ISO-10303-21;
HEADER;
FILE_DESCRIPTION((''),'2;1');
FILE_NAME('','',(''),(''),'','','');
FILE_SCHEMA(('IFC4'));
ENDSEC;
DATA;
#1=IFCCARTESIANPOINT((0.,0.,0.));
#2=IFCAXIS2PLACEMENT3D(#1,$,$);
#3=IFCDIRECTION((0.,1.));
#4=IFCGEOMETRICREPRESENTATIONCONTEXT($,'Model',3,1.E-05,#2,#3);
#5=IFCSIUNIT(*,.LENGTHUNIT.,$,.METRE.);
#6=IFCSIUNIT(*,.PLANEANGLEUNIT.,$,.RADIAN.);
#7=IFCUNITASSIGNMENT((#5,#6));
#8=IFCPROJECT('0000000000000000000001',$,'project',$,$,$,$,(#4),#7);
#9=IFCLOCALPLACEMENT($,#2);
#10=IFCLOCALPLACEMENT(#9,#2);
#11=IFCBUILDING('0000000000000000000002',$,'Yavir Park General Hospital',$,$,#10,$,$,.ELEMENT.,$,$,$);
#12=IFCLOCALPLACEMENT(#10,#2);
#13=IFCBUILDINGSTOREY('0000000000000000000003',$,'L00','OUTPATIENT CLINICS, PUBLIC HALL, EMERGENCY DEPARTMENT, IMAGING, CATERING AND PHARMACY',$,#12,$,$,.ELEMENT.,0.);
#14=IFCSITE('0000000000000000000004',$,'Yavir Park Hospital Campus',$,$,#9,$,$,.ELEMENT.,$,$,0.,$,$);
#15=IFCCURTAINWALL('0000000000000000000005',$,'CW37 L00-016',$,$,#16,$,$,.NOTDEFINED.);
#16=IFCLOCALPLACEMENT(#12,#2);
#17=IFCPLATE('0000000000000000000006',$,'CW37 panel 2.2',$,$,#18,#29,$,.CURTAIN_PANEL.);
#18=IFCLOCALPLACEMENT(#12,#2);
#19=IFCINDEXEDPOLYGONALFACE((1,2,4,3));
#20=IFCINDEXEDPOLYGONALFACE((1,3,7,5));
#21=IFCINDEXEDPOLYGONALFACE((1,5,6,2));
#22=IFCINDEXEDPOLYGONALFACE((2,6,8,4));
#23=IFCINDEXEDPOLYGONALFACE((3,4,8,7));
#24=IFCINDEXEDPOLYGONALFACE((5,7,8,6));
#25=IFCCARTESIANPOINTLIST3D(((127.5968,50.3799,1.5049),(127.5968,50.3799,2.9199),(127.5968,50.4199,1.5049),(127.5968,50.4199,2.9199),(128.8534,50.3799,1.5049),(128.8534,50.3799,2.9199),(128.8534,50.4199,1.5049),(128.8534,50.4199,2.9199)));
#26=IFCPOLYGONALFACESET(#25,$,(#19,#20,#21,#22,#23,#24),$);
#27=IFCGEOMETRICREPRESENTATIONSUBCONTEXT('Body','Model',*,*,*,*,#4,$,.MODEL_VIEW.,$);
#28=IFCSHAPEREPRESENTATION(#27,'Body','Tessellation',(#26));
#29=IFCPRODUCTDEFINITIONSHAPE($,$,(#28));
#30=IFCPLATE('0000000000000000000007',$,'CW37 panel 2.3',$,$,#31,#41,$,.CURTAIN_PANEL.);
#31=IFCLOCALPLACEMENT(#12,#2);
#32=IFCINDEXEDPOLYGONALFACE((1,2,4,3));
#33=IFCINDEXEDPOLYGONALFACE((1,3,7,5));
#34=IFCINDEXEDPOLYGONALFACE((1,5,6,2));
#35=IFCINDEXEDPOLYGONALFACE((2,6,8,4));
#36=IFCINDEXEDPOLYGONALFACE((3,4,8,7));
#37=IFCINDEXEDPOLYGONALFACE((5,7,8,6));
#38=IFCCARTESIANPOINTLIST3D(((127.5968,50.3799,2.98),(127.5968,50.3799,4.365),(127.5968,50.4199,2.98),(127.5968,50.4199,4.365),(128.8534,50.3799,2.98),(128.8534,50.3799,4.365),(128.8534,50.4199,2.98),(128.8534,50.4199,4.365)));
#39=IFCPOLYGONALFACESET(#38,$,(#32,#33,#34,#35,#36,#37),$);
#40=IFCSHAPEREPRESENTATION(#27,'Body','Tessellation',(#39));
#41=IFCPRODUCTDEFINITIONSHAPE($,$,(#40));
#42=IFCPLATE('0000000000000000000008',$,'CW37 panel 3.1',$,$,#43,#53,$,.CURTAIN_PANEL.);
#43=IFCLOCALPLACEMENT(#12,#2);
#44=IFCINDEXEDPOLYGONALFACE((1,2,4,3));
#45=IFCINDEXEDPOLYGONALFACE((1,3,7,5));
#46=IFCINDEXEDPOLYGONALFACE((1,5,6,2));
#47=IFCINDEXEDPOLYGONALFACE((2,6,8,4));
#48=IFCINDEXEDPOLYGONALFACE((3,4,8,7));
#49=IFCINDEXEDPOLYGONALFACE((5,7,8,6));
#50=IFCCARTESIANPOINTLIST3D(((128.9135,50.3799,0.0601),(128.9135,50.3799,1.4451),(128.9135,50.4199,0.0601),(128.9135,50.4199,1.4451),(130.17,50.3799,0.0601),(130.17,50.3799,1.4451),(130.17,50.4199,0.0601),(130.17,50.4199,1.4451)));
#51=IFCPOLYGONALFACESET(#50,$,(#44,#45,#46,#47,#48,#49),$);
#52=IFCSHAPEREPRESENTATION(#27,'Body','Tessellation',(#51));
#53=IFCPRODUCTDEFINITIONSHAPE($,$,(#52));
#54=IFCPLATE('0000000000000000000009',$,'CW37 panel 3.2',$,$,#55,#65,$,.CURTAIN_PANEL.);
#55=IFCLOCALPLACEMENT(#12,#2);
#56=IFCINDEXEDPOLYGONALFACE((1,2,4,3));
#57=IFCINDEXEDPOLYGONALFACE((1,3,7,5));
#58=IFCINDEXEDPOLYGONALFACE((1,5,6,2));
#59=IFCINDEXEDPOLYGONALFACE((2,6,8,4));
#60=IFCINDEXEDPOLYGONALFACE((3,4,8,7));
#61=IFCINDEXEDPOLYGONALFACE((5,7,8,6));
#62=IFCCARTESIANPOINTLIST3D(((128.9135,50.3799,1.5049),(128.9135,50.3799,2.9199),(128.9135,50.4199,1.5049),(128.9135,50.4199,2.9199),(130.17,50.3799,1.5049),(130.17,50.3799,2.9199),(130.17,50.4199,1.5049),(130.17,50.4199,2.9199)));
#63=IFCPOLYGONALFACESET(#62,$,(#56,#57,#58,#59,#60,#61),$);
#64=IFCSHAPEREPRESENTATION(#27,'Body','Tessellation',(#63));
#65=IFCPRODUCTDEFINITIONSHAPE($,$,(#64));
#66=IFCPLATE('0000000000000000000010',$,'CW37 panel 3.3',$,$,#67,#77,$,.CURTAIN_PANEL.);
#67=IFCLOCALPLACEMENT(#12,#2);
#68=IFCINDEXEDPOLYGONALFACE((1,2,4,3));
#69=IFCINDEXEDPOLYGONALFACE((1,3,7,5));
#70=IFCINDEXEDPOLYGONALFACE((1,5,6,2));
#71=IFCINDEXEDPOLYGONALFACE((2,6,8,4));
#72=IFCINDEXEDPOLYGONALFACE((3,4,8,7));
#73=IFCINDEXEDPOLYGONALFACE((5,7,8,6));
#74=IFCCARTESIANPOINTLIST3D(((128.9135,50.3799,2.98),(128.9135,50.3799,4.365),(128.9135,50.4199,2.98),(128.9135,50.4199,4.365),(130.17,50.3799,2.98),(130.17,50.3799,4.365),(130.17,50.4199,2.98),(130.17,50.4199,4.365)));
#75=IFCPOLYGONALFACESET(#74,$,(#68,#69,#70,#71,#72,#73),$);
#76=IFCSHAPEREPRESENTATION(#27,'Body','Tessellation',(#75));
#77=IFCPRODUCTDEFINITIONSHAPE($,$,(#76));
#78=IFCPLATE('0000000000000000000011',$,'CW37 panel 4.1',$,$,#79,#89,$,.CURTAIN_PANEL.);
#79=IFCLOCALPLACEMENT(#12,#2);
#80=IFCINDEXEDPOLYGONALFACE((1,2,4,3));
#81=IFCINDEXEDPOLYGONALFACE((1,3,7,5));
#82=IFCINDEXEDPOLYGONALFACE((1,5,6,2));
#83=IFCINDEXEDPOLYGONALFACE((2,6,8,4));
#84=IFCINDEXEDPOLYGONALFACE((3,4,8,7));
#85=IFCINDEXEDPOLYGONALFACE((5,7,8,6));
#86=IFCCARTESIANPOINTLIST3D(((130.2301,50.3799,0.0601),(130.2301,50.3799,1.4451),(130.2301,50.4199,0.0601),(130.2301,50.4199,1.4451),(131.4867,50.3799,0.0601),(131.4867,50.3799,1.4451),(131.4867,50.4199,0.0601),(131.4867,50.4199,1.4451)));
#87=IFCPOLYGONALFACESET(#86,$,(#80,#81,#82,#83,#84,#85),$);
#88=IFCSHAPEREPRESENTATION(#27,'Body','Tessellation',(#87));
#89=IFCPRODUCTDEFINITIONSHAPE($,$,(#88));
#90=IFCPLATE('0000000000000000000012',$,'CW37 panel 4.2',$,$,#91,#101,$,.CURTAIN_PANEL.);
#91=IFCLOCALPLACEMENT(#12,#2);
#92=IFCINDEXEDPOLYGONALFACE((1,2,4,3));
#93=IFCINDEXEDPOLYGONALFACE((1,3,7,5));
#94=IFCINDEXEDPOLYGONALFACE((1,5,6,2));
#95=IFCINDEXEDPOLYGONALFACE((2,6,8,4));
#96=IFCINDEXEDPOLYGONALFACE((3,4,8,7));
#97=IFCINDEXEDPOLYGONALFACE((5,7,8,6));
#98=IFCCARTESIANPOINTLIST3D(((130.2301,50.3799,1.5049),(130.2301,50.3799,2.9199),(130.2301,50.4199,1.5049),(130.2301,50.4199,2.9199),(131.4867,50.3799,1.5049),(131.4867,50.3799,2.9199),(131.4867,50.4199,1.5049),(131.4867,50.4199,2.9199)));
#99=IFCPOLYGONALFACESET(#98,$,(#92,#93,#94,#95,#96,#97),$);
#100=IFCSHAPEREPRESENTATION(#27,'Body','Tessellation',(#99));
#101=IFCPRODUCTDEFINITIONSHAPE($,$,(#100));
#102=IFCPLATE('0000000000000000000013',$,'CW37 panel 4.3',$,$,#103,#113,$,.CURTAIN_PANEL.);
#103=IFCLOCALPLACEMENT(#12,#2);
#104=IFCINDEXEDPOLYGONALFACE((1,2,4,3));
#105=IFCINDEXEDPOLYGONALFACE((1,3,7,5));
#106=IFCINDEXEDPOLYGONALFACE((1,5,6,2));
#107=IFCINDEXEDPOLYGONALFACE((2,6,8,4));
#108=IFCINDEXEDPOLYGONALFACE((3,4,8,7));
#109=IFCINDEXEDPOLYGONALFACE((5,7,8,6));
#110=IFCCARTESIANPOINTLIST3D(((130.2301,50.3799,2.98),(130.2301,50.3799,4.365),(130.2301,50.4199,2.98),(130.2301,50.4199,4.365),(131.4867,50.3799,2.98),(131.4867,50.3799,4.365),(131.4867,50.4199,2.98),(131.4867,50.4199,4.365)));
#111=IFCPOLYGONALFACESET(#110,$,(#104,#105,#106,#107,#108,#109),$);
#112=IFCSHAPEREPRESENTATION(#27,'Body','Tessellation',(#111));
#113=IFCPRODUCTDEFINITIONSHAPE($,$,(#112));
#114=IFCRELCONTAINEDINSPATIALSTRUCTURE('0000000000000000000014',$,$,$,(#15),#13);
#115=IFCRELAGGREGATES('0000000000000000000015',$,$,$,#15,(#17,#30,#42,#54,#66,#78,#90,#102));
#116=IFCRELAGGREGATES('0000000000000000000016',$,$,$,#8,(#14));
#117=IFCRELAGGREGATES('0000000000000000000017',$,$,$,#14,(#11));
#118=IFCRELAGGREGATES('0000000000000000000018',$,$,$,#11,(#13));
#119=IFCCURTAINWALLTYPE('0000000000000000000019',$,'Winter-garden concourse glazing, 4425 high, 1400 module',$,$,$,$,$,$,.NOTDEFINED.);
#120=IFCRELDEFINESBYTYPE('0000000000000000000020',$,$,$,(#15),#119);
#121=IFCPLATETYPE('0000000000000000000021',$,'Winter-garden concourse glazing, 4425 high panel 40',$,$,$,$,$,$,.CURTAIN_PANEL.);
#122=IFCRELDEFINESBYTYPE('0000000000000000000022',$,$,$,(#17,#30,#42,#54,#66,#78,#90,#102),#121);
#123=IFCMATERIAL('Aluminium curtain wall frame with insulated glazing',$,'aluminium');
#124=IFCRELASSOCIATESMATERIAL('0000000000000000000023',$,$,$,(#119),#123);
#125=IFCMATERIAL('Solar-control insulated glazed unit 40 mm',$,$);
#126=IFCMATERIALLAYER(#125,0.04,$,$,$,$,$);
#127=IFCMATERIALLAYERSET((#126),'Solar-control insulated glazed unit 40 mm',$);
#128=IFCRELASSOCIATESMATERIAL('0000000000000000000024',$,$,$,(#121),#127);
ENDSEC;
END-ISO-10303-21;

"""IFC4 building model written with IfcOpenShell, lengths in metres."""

from ifc_helpers import new_model, si_unit, direction, frame, origin, origin_2d, place, context, subcontext, project, spatial, rectangle, extrude, material, layer, layer_set, type_object, element, aggregate, save


model = new_model("IFC4")

# Units and contexts
model_context = context("Model", 3, precision=1e-05, world=origin(), true_north=direction((0.0, 1.0)))
body_context = subcontext(model_context, "Body", "Model", "MODEL_VIEW")
ifc_project = project(units=[si_unit("LENGTHUNIT", "METRE"), si_unit("PLANEANGLEUNIT", "RADIAN")], contexts=[model_context])

# Site, building, storey
site_placement = place(None, origin())
site = spatial("IfcSite", under=ifc_project, at=site_placement, Name="Yavir Park Hospital Campus", CompositionType="ELEMENT", RefElevation=0.0)
building_placement = place(site_placement, origin())
building = spatial("IfcBuilding", under=site, at=building_placement, Name="Yavir Park General Hospital", CompositionType="ELEMENT")
storey_placement = place(building_placement, origin())
storey = spatial("IfcBuildingStorey", under=building, at=storey_placement, Name="L00", Description="OUTPATIENT CLINICS, PUBLIC HALL, EMERGENCY DEPARTMENT, IMAGING, CATERING AND PHARMACY", CompositionType="ELEMENT", Elevation=0.0)

# Curtain wall, plates
ifc_material_1 = material(Name="Aluminium curtain wall frame with insulated glazing", Category="aluminium")
curtain_wall_type = type_object("IfcCurtainWallType", Name="Winter-garden concourse glazing, 4425 high, 1400 module", PredefinedType="NOTDEFINED", material=ifc_material_1)
curtain_wall_placement = place(storey_placement, origin())
curtain_wall = element("IfcCurtainWall", 1, at=curtain_wall_placement, inside=storey, type_object=curtain_wall_type, Name="CW37 L00-016", PredefinedType="NOTDEFINED")
ifc_material_2 = material(Name="Solar-control insulated glazed unit 40 mm")
ifc_layer = layer(ifc_material_2, 0.04)
ifc_layer_set = layer_set([ifc_layer], Name="Solar-control insulated glazed unit 40 mm")
plate_type = type_object("IfcPlateType", Name="Winter-garden concourse glazing, 4425 high panel 40", PredefinedType="CURTAIN_PANEL", material=ifc_layer_set)
plate_1_placement = place(storey_placement, frame((128.2251, 50.3999, 1.5049), z_axis=(0.0, 0.0, 1.0), x_axis=(1.0, 0.0, 0.0)))
plate_1 = element("IfcPlate", 2, at=plate_1_placement, type_object=plate_type, Name="CW37 panel 2.2", PredefinedType="CURTAIN_PANEL", context=body_context, shape_type="SweptSolid", body=[
    extrude(rectangle(XDim=1.2566, YDim=0.04, at=origin_2d()), origin(), (0.0, 0.0, 1.0), 1.415),
])
plate_2_placement = place(storey_placement, frame((128.2251, 50.3999, 2.98), z_axis=(0.0, 0.0, 1.0), x_axis=(1.0, 0.0, 0.0)))
plate_2 = element("IfcPlate", 3, at=plate_2_placement, type_object=plate_type, Name="CW37 panel 2.3", PredefinedType="CURTAIN_PANEL", context=body_context, shape_type="SweptSolid", body=[
    extrude(rectangle(XDim=1.2566, YDim=0.04, at=origin_2d()), origin(), (0.0, 0.0, 1.0), 1.385),
])
plate_3_placement = place(storey_placement, frame((129.5417, 50.3999, 0.0601), z_axis=(0.0, 0.0, 1.0), x_axis=(1.0, 0.0, 0.0)))
plate_3 = element("IfcPlate", 4, at=plate_3_placement, type_object=plate_type, Name="CW37 panel 3.1", PredefinedType="CURTAIN_PANEL", context=body_context, shape_type="SweptSolid", body=[
    extrude(rectangle(XDim=1.2566, YDim=0.04, at=origin_2d()), origin(), (0.0, 0.0, 1.0), 1.385),
])
plate_4_placement = place(storey_placement, frame((129.5417, 50.3999, 1.5049), z_axis=(0.0, 0.0, 1.0), x_axis=(1.0, 0.0, 0.0)))
plate_4 = element("IfcPlate", 5, at=plate_4_placement, type_object=plate_type, Name="CW37 panel 3.2", PredefinedType="CURTAIN_PANEL", context=body_context, shape_type="SweptSolid", body=[
    extrude(rectangle(XDim=1.2566, YDim=0.04, at=origin_2d()), origin(), (0.0, 0.0, 1.0), 1.415),
])
plate_5_placement = place(storey_placement, frame((129.5417, 50.3999, 2.98), z_axis=(0.0, 0.0, 1.0), x_axis=(1.0, 0.0, 0.0)))
plate_5 = element("IfcPlate", 6, at=plate_5_placement, type_object=plate_type, Name="CW37 panel 3.3", PredefinedType="CURTAIN_PANEL", context=body_context, shape_type="SweptSolid", body=[
    extrude(rectangle(XDim=1.2566, YDim=0.04, at=origin_2d()), origin(), (0.0, 0.0, 1.0), 1.385),
])
plate_6_placement = place(storey_placement, frame((130.8584, 50.3999, 0.0601), z_axis=(0.0, 0.0, 1.0), x_axis=(1.0, 0.0, 0.0)))
plate_6 = element("IfcPlate", 7, at=plate_6_placement, type_object=plate_type, Name="CW37 panel 4.1", PredefinedType="CURTAIN_PANEL", context=body_context, shape_type="SweptSolid", body=[
    extrude(rectangle(XDim=1.2566, YDim=0.04, at=origin_2d()), origin(), (0.0, 0.0, 1.0), 1.385),
])
plate_7_placement = place(storey_placement, frame((130.8584, 50.3999, 1.5049), z_axis=(0.0, 0.0, 1.0), x_axis=(1.0, 0.0, 0.0)))
plate_7 = element("IfcPlate", 8, at=plate_7_placement, type_object=plate_type, Name="CW37 panel 4.2", PredefinedType="CURTAIN_PANEL", context=body_context, shape_type="SweptSolid", body=[
    extrude(rectangle(XDim=1.2566, YDim=0.04, at=origin_2d()), origin(), (0.0, 0.0, 1.0), 1.415),
])
plate_8_placement = place(storey_placement, frame((130.8584, 50.3999, 2.98), z_axis=(0.0, 0.0, 1.0), x_axis=(1.0, 0.0, 0.0)))
plate_8 = element("IfcPlate", 9, at=plate_8_placement, type_object=plate_type, Name="CW37 panel 4.3", PredefinedType="CURTAIN_PANEL", context=body_context, shape_type="SweptSolid", body=[
    extrude(rectangle(XDim=1.2566, YDim=0.04, at=origin_2d()), origin(), (0.0, 0.0, 1.0), 1.385),
])
aggregate(curtain_wall, [plate_1, plate_2, plate_3, plate_4, plate_5, plate_6, plate_7, plate_8])

save(model, "model.ifc")
